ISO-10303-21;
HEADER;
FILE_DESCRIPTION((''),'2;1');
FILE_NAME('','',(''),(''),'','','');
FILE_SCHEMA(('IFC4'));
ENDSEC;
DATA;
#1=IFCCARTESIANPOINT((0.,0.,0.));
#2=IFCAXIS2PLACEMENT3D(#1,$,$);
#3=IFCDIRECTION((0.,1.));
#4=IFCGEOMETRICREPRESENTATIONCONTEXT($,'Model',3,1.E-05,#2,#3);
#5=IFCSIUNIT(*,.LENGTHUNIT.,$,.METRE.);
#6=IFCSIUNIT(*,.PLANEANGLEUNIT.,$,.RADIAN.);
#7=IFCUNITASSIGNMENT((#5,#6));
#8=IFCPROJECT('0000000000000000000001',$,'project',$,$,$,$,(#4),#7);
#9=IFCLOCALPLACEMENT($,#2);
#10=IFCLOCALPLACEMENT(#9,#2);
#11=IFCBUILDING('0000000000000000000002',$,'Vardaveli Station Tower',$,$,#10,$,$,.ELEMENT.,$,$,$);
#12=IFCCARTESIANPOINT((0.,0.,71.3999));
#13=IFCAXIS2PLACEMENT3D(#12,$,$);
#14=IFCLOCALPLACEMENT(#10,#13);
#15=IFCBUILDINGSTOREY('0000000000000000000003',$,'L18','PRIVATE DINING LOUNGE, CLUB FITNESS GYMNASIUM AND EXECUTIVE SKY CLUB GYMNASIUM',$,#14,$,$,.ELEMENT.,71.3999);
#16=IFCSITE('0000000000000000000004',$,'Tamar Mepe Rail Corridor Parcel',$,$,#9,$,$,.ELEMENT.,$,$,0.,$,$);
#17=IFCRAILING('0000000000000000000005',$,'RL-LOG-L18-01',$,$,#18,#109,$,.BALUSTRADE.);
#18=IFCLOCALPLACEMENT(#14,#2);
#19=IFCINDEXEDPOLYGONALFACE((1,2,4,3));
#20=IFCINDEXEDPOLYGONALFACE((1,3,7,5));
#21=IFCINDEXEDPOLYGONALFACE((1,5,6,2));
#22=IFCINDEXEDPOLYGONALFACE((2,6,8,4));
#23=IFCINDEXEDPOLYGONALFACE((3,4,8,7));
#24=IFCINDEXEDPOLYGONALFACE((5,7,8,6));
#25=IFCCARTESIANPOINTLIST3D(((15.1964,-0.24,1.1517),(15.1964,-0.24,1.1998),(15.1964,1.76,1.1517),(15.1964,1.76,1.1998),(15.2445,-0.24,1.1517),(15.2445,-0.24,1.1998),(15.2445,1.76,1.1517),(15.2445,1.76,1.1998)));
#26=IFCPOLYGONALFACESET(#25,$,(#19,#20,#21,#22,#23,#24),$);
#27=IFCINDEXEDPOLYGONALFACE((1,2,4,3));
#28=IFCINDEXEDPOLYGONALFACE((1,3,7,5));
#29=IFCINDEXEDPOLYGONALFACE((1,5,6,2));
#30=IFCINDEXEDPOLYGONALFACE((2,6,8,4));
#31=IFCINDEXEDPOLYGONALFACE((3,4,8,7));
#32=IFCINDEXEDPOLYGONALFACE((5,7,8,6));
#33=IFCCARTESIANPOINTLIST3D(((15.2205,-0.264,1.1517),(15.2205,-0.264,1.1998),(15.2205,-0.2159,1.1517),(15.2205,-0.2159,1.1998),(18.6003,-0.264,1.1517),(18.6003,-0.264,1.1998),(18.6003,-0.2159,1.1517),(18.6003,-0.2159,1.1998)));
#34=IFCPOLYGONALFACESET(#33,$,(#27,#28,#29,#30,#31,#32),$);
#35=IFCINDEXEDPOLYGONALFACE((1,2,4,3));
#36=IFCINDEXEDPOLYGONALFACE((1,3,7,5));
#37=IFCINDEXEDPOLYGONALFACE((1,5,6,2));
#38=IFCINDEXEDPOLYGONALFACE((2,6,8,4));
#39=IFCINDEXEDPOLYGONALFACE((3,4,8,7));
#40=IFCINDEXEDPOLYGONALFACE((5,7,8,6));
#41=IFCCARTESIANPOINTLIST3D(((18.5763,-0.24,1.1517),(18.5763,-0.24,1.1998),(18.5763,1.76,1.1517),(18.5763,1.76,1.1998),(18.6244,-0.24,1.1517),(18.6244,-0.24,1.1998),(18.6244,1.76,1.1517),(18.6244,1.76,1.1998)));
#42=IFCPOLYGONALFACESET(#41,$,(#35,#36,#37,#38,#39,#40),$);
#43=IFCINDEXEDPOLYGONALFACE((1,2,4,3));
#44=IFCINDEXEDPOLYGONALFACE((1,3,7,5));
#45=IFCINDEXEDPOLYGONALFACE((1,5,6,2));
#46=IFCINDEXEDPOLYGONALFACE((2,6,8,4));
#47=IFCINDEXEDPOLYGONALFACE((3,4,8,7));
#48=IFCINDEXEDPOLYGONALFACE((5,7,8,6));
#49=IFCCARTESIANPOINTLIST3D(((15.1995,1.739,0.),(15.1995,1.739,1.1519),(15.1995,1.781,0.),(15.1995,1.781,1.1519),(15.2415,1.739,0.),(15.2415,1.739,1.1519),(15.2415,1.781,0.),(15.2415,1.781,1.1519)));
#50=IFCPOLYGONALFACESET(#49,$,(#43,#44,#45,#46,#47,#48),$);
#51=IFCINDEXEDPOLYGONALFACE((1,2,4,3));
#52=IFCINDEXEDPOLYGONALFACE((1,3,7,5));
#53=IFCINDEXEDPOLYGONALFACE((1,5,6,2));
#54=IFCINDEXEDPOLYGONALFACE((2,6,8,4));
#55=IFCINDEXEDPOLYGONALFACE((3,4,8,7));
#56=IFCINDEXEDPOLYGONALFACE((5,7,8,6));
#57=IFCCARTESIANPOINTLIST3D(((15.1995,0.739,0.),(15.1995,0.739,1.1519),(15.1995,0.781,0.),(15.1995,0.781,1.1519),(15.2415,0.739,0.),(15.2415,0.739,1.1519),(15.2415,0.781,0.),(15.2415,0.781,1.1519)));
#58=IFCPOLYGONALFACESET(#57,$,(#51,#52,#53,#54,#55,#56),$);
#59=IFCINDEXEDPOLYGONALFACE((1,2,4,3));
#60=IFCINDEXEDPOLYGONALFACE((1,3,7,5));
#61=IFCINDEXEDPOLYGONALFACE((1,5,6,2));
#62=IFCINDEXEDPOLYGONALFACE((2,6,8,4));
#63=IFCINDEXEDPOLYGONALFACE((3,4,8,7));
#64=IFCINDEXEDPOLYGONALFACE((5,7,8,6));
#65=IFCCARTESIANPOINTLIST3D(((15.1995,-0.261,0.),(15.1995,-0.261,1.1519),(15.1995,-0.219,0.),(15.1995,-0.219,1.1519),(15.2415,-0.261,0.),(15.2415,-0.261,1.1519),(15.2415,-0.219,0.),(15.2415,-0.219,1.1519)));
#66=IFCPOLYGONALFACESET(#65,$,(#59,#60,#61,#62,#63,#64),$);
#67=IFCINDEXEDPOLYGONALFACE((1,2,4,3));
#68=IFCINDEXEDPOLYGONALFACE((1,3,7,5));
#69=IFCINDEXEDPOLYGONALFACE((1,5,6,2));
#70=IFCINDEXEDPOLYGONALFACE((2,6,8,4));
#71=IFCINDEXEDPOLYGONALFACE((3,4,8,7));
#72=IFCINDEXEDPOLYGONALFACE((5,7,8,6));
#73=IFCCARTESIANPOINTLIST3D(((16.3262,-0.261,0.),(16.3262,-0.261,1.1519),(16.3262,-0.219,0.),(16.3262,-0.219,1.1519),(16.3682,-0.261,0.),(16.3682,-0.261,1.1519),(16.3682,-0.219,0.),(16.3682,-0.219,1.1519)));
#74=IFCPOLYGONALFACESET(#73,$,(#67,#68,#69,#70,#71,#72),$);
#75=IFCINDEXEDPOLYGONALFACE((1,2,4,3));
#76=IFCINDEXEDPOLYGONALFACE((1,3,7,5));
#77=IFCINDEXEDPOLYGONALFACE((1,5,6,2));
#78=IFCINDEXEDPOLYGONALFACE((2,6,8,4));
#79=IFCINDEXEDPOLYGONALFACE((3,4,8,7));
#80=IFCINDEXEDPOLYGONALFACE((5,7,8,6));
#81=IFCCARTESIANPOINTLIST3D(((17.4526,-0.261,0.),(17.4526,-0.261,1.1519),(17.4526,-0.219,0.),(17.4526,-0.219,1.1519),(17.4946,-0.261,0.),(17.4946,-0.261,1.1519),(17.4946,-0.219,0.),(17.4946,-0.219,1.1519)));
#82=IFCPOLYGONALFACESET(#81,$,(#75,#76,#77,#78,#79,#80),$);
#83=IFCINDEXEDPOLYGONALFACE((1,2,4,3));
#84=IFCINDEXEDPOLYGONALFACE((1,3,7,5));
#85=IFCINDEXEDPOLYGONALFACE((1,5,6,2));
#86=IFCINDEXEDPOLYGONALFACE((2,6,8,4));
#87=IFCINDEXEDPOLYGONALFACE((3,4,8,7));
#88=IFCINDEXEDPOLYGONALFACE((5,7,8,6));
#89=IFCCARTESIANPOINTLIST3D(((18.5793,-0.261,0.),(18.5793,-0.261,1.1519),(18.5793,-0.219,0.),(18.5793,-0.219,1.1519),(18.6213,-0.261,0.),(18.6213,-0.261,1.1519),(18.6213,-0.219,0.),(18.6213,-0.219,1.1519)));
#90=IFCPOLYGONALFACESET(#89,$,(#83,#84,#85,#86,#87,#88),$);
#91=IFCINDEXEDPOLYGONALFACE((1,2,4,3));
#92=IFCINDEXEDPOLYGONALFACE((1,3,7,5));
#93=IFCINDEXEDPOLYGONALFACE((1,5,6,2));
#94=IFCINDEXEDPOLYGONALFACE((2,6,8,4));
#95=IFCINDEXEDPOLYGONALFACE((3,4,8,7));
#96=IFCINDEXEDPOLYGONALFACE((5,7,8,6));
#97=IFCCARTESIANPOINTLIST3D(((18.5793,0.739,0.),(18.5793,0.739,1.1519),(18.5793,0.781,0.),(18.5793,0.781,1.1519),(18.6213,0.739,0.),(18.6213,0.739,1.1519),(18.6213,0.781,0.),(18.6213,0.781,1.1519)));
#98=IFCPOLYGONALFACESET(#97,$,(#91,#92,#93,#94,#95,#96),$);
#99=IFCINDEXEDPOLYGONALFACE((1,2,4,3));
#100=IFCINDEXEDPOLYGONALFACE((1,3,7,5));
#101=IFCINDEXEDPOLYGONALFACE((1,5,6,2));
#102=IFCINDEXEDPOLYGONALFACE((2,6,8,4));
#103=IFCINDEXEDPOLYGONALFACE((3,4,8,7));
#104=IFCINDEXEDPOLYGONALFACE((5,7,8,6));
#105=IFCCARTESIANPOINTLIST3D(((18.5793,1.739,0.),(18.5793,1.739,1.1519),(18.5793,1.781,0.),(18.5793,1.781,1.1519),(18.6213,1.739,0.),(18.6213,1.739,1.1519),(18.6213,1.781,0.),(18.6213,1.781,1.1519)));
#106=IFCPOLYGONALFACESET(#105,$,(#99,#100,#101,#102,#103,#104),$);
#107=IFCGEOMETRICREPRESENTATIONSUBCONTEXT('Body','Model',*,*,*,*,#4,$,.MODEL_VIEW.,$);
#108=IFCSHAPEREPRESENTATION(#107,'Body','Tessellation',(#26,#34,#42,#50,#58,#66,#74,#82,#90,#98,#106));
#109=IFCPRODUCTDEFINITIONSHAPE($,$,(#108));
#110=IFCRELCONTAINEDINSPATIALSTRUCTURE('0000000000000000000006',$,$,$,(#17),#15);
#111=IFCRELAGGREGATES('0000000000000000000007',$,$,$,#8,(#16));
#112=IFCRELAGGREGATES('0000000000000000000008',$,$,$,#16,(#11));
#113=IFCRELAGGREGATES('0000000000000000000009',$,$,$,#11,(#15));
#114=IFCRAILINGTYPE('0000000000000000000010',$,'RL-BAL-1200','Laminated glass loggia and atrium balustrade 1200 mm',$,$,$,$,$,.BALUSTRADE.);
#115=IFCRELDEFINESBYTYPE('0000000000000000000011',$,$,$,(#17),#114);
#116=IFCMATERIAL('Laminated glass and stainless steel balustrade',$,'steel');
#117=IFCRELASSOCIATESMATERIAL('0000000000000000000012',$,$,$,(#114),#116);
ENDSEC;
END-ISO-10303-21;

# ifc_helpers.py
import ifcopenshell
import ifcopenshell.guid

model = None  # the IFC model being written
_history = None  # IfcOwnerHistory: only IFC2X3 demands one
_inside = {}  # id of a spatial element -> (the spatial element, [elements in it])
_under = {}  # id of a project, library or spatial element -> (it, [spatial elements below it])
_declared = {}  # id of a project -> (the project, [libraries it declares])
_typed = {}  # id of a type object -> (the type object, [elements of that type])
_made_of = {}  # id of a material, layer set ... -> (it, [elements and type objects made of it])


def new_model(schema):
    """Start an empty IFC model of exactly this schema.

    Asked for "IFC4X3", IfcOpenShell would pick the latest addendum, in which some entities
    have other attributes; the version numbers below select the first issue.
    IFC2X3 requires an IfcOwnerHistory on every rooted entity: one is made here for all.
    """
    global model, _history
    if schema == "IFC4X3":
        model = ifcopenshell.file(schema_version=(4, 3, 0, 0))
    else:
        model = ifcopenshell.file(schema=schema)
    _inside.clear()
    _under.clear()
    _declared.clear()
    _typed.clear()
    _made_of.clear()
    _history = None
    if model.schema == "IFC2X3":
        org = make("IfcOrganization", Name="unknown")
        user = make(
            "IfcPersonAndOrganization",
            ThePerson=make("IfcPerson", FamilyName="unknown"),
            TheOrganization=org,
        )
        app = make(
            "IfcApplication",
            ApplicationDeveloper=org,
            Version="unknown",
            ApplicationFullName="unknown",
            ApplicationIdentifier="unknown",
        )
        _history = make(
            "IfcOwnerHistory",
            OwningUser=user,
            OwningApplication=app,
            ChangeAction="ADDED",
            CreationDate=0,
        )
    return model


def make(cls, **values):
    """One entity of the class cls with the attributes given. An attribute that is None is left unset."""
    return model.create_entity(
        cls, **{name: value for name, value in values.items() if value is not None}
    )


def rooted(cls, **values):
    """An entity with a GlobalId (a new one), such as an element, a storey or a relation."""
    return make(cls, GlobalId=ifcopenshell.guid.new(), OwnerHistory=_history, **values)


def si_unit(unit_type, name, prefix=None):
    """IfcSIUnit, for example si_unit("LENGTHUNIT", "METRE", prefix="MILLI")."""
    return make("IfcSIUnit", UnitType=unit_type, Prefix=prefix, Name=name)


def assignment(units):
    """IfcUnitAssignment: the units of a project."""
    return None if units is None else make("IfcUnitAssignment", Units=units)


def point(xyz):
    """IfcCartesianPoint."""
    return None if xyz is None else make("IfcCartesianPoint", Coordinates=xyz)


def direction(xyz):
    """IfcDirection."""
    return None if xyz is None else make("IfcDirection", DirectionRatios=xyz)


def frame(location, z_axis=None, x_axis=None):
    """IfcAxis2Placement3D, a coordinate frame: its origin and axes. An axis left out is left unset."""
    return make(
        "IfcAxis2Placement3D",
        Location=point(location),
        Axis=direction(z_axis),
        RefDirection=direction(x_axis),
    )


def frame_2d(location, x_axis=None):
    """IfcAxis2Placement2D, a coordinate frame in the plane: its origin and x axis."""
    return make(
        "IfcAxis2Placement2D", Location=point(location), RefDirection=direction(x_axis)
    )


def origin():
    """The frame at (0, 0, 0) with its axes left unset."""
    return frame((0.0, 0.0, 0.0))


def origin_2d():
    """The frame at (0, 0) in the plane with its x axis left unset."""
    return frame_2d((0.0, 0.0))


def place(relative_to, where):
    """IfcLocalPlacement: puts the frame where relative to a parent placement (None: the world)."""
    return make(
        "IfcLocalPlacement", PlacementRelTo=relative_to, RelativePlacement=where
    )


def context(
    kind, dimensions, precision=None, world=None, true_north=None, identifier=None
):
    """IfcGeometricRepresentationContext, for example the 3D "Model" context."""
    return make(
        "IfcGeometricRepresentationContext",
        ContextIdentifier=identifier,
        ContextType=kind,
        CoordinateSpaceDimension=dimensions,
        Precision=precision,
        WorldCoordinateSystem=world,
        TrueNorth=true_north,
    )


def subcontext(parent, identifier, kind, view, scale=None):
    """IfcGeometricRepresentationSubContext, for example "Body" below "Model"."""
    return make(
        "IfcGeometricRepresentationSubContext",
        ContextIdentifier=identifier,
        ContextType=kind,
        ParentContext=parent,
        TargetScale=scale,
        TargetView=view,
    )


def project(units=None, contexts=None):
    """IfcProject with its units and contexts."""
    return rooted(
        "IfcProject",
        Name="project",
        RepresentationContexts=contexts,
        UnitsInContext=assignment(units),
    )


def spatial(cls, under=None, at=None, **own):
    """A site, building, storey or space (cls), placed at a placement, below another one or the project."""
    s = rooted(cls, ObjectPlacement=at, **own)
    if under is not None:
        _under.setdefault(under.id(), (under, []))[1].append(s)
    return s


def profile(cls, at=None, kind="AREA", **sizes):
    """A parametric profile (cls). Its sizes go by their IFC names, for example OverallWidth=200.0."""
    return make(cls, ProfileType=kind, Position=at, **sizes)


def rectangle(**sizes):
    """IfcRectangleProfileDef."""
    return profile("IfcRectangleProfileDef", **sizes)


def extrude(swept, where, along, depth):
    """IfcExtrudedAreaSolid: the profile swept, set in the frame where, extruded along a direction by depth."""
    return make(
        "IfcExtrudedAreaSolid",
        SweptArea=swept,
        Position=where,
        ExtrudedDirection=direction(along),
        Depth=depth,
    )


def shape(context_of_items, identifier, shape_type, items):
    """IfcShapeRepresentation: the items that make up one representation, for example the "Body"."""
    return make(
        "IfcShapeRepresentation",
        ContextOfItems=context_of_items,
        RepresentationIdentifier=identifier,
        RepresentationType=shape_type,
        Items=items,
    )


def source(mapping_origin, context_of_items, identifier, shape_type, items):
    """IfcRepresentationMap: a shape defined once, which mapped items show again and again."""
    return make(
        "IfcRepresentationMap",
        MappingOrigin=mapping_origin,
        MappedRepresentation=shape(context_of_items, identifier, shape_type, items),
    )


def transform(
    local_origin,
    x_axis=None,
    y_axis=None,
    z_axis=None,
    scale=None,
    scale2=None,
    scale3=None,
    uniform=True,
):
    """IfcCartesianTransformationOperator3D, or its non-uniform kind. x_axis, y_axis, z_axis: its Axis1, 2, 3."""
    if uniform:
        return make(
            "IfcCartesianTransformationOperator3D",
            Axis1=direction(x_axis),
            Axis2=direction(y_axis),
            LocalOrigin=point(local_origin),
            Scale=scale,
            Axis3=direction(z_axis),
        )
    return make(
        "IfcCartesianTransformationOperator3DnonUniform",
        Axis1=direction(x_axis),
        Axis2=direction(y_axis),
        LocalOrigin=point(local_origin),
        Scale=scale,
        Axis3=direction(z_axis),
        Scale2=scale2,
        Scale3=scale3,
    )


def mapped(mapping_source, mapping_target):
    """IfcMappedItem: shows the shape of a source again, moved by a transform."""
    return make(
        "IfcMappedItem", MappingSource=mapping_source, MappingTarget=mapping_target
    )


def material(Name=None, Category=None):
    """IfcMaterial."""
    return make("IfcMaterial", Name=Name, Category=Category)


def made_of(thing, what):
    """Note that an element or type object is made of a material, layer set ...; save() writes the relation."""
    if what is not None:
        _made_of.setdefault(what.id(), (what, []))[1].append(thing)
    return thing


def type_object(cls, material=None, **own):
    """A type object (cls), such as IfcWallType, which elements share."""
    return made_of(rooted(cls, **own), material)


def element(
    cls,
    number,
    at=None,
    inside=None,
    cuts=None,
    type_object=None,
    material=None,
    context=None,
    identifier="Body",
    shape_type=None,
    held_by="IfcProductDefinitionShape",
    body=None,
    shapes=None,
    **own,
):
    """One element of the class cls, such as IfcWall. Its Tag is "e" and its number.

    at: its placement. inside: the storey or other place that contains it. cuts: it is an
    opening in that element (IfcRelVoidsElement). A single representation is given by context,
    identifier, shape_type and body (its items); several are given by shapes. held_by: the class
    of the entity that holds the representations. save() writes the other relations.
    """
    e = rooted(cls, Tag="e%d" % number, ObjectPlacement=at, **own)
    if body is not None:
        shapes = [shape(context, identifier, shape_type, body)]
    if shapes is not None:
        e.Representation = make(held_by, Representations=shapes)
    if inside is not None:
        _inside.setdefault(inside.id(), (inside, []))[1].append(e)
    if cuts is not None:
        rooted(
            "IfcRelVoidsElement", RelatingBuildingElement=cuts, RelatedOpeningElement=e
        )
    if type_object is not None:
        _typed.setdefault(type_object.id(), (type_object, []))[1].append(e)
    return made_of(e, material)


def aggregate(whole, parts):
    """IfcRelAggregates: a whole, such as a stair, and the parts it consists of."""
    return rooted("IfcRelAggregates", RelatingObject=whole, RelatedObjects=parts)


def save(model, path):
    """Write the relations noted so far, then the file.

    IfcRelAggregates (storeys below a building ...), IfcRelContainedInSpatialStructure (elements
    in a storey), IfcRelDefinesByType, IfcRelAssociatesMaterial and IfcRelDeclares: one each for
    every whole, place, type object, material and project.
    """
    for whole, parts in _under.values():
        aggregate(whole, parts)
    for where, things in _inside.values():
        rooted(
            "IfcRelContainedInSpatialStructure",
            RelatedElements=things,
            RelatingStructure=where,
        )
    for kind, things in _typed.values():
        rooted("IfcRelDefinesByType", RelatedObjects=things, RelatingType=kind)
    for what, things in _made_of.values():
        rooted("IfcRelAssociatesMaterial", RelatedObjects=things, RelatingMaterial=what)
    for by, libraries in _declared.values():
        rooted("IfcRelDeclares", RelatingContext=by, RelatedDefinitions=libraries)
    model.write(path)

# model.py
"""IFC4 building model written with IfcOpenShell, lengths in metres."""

from ifc_helpers import new_model, si_unit, direction, frame, origin, origin_2d, place, context, subcontext, project, spatial, rectangle, extrude, source, transform, mapped, material, type_object, element, save


model = new_model("IFC4")

# Units and contexts
model_context = context("Model", 3, precision=1e-05, world=origin(), true_north=direction((0.0, 1.0)))
body_context = subcontext(model_context, "Body", "Model", "MODEL_VIEW")
ifc_project = project(units=[si_unit("LENGTHUNIT", "METRE"), si_unit("PLANEANGLEUNIT", "RADIAN")], contexts=[model_context])

# Site, building, storey
site_placement = place(None, origin())
site = spatial("IfcSite", under=ifc_project, at=site_placement, Name="Tamar Mepe Rail Corridor Parcel", CompositionType="ELEMENT", RefElevation=0.0)
building_placement = place(site_placement, origin())
building = spatial("IfcBuilding", under=site, at=building_placement, Name="Vardaveli Station Tower", CompositionType="ELEMENT")
storey_placement = place(building_placement, frame((0.0, 0.0, 71.3999)))
storey = spatial("IfcBuildingStorey", under=building, at=storey_placement, Name="L18", Description="PRIVATE DINING LOUNGE, CLUB FITNESS GYMNASIUM AND EXECUTIVE SKY CLUB GYMNASIUM", CompositionType="ELEMENT", Elevation=71.3999)

# Railing
ifc_material_1 = material(Name="Laminated glass and stainless steel balustrade", Category="steel")
railing_type = type_object("IfcRailingType", Name="RL-BAL-1200", Description="Laminated glass loggia and atrium balustrade 1200 mm", PredefinedType="BALUSTRADE", material=ifc_material_1)
shared_shape_1 = source(origin(), body_context, "Body", "SweptSolid", [
    extrude(rectangle(XDim=0.0481, YDim=0.0481, at=origin_2d()), frame((0.0, 0.0, 1.1758), z_axis=(0.0, -1.0, 0.0), x_axis=(1.0, 0.0, 0.0)), (0.0, 0.0, 1.0), 2.0),
    extrude(rectangle(XDim=0.0481, YDim=0.0481, at=origin_2d()), frame((0.0, -2.0, 1.1758), z_axis=(1.0, 0.0, 0.0), x_axis=(0.0, 1.0, 0.0)), (0.0, 0.0, 1.0), 3.3799),
    extrude(rectangle(XDim=0.0481, YDim=0.0481, at=origin_2d()), frame((3.3799, -2.0, 1.1758), z_axis=(0.0, 1.0, 0.0), x_axis=(-1.0, 0.0, 0.0)), (0.0, 0.0, 1.0), 2.0),
    extrude(rectangle(XDim=0.042, YDim=0.042, at=origin_2d()), origin(), (0.0, 0.0, 1.0), 1.1519),
    extrude(rectangle(XDim=0.042, YDim=0.042, at=origin_2d()), frame((0.0, -1.0, 0.0)), (0.0, 0.0, 1.0), 1.1519),
    extrude(rectangle(XDim=0.042, YDim=0.042, at=origin_2d()), frame((0.0, -2.0, 0.0)), (0.0, 0.0, 1.0), 1.1519),
    extrude(rectangle(XDim=0.042, YDim=0.042, at=origin_2d()), frame((1.1267, -2.0, 0.0)), (0.0, 0.0, 1.0), 1.1519),
    extrude(rectangle(XDim=0.042, YDim=0.042, at=origin_2d()), frame((2.2532, -2.0, 0.0)), (0.0, 0.0, 1.0), 1.1519),
    extrude(rectangle(XDim=0.042, YDim=0.042, at=origin_2d()), frame((3.3799, -2.0, 0.0)), (0.0, 0.0, 1.0), 1.1519),
    extrude(rectangle(XDim=0.042, YDim=0.042, at=origin_2d()), frame((3.3799, -1.0, 0.0)), (0.0, 0.0, 1.0), 1.1519),
    extrude(rectangle(XDim=0.042, YDim=0.042, at=origin_2d()), frame((3.3799, 0.0, 0.0)), (0.0, 0.0, 1.0), 1.1519),
])
railing_placement = place(storey_placement, frame((15.2205, 1.76, 0.0)))
element("IfcRailing", 1, at=railing_placement, inside=storey, type_object=railing_type, Name="RL-LOG-L18-01", PredefinedType="BALUSTRADE", context=body_context, shape_type="MappedRepresentation", body=[
    mapped(shared_shape_1, transform((0.0, 0.0, 0.0), scale=1.0)),
])

save(model, "model.ifc")
